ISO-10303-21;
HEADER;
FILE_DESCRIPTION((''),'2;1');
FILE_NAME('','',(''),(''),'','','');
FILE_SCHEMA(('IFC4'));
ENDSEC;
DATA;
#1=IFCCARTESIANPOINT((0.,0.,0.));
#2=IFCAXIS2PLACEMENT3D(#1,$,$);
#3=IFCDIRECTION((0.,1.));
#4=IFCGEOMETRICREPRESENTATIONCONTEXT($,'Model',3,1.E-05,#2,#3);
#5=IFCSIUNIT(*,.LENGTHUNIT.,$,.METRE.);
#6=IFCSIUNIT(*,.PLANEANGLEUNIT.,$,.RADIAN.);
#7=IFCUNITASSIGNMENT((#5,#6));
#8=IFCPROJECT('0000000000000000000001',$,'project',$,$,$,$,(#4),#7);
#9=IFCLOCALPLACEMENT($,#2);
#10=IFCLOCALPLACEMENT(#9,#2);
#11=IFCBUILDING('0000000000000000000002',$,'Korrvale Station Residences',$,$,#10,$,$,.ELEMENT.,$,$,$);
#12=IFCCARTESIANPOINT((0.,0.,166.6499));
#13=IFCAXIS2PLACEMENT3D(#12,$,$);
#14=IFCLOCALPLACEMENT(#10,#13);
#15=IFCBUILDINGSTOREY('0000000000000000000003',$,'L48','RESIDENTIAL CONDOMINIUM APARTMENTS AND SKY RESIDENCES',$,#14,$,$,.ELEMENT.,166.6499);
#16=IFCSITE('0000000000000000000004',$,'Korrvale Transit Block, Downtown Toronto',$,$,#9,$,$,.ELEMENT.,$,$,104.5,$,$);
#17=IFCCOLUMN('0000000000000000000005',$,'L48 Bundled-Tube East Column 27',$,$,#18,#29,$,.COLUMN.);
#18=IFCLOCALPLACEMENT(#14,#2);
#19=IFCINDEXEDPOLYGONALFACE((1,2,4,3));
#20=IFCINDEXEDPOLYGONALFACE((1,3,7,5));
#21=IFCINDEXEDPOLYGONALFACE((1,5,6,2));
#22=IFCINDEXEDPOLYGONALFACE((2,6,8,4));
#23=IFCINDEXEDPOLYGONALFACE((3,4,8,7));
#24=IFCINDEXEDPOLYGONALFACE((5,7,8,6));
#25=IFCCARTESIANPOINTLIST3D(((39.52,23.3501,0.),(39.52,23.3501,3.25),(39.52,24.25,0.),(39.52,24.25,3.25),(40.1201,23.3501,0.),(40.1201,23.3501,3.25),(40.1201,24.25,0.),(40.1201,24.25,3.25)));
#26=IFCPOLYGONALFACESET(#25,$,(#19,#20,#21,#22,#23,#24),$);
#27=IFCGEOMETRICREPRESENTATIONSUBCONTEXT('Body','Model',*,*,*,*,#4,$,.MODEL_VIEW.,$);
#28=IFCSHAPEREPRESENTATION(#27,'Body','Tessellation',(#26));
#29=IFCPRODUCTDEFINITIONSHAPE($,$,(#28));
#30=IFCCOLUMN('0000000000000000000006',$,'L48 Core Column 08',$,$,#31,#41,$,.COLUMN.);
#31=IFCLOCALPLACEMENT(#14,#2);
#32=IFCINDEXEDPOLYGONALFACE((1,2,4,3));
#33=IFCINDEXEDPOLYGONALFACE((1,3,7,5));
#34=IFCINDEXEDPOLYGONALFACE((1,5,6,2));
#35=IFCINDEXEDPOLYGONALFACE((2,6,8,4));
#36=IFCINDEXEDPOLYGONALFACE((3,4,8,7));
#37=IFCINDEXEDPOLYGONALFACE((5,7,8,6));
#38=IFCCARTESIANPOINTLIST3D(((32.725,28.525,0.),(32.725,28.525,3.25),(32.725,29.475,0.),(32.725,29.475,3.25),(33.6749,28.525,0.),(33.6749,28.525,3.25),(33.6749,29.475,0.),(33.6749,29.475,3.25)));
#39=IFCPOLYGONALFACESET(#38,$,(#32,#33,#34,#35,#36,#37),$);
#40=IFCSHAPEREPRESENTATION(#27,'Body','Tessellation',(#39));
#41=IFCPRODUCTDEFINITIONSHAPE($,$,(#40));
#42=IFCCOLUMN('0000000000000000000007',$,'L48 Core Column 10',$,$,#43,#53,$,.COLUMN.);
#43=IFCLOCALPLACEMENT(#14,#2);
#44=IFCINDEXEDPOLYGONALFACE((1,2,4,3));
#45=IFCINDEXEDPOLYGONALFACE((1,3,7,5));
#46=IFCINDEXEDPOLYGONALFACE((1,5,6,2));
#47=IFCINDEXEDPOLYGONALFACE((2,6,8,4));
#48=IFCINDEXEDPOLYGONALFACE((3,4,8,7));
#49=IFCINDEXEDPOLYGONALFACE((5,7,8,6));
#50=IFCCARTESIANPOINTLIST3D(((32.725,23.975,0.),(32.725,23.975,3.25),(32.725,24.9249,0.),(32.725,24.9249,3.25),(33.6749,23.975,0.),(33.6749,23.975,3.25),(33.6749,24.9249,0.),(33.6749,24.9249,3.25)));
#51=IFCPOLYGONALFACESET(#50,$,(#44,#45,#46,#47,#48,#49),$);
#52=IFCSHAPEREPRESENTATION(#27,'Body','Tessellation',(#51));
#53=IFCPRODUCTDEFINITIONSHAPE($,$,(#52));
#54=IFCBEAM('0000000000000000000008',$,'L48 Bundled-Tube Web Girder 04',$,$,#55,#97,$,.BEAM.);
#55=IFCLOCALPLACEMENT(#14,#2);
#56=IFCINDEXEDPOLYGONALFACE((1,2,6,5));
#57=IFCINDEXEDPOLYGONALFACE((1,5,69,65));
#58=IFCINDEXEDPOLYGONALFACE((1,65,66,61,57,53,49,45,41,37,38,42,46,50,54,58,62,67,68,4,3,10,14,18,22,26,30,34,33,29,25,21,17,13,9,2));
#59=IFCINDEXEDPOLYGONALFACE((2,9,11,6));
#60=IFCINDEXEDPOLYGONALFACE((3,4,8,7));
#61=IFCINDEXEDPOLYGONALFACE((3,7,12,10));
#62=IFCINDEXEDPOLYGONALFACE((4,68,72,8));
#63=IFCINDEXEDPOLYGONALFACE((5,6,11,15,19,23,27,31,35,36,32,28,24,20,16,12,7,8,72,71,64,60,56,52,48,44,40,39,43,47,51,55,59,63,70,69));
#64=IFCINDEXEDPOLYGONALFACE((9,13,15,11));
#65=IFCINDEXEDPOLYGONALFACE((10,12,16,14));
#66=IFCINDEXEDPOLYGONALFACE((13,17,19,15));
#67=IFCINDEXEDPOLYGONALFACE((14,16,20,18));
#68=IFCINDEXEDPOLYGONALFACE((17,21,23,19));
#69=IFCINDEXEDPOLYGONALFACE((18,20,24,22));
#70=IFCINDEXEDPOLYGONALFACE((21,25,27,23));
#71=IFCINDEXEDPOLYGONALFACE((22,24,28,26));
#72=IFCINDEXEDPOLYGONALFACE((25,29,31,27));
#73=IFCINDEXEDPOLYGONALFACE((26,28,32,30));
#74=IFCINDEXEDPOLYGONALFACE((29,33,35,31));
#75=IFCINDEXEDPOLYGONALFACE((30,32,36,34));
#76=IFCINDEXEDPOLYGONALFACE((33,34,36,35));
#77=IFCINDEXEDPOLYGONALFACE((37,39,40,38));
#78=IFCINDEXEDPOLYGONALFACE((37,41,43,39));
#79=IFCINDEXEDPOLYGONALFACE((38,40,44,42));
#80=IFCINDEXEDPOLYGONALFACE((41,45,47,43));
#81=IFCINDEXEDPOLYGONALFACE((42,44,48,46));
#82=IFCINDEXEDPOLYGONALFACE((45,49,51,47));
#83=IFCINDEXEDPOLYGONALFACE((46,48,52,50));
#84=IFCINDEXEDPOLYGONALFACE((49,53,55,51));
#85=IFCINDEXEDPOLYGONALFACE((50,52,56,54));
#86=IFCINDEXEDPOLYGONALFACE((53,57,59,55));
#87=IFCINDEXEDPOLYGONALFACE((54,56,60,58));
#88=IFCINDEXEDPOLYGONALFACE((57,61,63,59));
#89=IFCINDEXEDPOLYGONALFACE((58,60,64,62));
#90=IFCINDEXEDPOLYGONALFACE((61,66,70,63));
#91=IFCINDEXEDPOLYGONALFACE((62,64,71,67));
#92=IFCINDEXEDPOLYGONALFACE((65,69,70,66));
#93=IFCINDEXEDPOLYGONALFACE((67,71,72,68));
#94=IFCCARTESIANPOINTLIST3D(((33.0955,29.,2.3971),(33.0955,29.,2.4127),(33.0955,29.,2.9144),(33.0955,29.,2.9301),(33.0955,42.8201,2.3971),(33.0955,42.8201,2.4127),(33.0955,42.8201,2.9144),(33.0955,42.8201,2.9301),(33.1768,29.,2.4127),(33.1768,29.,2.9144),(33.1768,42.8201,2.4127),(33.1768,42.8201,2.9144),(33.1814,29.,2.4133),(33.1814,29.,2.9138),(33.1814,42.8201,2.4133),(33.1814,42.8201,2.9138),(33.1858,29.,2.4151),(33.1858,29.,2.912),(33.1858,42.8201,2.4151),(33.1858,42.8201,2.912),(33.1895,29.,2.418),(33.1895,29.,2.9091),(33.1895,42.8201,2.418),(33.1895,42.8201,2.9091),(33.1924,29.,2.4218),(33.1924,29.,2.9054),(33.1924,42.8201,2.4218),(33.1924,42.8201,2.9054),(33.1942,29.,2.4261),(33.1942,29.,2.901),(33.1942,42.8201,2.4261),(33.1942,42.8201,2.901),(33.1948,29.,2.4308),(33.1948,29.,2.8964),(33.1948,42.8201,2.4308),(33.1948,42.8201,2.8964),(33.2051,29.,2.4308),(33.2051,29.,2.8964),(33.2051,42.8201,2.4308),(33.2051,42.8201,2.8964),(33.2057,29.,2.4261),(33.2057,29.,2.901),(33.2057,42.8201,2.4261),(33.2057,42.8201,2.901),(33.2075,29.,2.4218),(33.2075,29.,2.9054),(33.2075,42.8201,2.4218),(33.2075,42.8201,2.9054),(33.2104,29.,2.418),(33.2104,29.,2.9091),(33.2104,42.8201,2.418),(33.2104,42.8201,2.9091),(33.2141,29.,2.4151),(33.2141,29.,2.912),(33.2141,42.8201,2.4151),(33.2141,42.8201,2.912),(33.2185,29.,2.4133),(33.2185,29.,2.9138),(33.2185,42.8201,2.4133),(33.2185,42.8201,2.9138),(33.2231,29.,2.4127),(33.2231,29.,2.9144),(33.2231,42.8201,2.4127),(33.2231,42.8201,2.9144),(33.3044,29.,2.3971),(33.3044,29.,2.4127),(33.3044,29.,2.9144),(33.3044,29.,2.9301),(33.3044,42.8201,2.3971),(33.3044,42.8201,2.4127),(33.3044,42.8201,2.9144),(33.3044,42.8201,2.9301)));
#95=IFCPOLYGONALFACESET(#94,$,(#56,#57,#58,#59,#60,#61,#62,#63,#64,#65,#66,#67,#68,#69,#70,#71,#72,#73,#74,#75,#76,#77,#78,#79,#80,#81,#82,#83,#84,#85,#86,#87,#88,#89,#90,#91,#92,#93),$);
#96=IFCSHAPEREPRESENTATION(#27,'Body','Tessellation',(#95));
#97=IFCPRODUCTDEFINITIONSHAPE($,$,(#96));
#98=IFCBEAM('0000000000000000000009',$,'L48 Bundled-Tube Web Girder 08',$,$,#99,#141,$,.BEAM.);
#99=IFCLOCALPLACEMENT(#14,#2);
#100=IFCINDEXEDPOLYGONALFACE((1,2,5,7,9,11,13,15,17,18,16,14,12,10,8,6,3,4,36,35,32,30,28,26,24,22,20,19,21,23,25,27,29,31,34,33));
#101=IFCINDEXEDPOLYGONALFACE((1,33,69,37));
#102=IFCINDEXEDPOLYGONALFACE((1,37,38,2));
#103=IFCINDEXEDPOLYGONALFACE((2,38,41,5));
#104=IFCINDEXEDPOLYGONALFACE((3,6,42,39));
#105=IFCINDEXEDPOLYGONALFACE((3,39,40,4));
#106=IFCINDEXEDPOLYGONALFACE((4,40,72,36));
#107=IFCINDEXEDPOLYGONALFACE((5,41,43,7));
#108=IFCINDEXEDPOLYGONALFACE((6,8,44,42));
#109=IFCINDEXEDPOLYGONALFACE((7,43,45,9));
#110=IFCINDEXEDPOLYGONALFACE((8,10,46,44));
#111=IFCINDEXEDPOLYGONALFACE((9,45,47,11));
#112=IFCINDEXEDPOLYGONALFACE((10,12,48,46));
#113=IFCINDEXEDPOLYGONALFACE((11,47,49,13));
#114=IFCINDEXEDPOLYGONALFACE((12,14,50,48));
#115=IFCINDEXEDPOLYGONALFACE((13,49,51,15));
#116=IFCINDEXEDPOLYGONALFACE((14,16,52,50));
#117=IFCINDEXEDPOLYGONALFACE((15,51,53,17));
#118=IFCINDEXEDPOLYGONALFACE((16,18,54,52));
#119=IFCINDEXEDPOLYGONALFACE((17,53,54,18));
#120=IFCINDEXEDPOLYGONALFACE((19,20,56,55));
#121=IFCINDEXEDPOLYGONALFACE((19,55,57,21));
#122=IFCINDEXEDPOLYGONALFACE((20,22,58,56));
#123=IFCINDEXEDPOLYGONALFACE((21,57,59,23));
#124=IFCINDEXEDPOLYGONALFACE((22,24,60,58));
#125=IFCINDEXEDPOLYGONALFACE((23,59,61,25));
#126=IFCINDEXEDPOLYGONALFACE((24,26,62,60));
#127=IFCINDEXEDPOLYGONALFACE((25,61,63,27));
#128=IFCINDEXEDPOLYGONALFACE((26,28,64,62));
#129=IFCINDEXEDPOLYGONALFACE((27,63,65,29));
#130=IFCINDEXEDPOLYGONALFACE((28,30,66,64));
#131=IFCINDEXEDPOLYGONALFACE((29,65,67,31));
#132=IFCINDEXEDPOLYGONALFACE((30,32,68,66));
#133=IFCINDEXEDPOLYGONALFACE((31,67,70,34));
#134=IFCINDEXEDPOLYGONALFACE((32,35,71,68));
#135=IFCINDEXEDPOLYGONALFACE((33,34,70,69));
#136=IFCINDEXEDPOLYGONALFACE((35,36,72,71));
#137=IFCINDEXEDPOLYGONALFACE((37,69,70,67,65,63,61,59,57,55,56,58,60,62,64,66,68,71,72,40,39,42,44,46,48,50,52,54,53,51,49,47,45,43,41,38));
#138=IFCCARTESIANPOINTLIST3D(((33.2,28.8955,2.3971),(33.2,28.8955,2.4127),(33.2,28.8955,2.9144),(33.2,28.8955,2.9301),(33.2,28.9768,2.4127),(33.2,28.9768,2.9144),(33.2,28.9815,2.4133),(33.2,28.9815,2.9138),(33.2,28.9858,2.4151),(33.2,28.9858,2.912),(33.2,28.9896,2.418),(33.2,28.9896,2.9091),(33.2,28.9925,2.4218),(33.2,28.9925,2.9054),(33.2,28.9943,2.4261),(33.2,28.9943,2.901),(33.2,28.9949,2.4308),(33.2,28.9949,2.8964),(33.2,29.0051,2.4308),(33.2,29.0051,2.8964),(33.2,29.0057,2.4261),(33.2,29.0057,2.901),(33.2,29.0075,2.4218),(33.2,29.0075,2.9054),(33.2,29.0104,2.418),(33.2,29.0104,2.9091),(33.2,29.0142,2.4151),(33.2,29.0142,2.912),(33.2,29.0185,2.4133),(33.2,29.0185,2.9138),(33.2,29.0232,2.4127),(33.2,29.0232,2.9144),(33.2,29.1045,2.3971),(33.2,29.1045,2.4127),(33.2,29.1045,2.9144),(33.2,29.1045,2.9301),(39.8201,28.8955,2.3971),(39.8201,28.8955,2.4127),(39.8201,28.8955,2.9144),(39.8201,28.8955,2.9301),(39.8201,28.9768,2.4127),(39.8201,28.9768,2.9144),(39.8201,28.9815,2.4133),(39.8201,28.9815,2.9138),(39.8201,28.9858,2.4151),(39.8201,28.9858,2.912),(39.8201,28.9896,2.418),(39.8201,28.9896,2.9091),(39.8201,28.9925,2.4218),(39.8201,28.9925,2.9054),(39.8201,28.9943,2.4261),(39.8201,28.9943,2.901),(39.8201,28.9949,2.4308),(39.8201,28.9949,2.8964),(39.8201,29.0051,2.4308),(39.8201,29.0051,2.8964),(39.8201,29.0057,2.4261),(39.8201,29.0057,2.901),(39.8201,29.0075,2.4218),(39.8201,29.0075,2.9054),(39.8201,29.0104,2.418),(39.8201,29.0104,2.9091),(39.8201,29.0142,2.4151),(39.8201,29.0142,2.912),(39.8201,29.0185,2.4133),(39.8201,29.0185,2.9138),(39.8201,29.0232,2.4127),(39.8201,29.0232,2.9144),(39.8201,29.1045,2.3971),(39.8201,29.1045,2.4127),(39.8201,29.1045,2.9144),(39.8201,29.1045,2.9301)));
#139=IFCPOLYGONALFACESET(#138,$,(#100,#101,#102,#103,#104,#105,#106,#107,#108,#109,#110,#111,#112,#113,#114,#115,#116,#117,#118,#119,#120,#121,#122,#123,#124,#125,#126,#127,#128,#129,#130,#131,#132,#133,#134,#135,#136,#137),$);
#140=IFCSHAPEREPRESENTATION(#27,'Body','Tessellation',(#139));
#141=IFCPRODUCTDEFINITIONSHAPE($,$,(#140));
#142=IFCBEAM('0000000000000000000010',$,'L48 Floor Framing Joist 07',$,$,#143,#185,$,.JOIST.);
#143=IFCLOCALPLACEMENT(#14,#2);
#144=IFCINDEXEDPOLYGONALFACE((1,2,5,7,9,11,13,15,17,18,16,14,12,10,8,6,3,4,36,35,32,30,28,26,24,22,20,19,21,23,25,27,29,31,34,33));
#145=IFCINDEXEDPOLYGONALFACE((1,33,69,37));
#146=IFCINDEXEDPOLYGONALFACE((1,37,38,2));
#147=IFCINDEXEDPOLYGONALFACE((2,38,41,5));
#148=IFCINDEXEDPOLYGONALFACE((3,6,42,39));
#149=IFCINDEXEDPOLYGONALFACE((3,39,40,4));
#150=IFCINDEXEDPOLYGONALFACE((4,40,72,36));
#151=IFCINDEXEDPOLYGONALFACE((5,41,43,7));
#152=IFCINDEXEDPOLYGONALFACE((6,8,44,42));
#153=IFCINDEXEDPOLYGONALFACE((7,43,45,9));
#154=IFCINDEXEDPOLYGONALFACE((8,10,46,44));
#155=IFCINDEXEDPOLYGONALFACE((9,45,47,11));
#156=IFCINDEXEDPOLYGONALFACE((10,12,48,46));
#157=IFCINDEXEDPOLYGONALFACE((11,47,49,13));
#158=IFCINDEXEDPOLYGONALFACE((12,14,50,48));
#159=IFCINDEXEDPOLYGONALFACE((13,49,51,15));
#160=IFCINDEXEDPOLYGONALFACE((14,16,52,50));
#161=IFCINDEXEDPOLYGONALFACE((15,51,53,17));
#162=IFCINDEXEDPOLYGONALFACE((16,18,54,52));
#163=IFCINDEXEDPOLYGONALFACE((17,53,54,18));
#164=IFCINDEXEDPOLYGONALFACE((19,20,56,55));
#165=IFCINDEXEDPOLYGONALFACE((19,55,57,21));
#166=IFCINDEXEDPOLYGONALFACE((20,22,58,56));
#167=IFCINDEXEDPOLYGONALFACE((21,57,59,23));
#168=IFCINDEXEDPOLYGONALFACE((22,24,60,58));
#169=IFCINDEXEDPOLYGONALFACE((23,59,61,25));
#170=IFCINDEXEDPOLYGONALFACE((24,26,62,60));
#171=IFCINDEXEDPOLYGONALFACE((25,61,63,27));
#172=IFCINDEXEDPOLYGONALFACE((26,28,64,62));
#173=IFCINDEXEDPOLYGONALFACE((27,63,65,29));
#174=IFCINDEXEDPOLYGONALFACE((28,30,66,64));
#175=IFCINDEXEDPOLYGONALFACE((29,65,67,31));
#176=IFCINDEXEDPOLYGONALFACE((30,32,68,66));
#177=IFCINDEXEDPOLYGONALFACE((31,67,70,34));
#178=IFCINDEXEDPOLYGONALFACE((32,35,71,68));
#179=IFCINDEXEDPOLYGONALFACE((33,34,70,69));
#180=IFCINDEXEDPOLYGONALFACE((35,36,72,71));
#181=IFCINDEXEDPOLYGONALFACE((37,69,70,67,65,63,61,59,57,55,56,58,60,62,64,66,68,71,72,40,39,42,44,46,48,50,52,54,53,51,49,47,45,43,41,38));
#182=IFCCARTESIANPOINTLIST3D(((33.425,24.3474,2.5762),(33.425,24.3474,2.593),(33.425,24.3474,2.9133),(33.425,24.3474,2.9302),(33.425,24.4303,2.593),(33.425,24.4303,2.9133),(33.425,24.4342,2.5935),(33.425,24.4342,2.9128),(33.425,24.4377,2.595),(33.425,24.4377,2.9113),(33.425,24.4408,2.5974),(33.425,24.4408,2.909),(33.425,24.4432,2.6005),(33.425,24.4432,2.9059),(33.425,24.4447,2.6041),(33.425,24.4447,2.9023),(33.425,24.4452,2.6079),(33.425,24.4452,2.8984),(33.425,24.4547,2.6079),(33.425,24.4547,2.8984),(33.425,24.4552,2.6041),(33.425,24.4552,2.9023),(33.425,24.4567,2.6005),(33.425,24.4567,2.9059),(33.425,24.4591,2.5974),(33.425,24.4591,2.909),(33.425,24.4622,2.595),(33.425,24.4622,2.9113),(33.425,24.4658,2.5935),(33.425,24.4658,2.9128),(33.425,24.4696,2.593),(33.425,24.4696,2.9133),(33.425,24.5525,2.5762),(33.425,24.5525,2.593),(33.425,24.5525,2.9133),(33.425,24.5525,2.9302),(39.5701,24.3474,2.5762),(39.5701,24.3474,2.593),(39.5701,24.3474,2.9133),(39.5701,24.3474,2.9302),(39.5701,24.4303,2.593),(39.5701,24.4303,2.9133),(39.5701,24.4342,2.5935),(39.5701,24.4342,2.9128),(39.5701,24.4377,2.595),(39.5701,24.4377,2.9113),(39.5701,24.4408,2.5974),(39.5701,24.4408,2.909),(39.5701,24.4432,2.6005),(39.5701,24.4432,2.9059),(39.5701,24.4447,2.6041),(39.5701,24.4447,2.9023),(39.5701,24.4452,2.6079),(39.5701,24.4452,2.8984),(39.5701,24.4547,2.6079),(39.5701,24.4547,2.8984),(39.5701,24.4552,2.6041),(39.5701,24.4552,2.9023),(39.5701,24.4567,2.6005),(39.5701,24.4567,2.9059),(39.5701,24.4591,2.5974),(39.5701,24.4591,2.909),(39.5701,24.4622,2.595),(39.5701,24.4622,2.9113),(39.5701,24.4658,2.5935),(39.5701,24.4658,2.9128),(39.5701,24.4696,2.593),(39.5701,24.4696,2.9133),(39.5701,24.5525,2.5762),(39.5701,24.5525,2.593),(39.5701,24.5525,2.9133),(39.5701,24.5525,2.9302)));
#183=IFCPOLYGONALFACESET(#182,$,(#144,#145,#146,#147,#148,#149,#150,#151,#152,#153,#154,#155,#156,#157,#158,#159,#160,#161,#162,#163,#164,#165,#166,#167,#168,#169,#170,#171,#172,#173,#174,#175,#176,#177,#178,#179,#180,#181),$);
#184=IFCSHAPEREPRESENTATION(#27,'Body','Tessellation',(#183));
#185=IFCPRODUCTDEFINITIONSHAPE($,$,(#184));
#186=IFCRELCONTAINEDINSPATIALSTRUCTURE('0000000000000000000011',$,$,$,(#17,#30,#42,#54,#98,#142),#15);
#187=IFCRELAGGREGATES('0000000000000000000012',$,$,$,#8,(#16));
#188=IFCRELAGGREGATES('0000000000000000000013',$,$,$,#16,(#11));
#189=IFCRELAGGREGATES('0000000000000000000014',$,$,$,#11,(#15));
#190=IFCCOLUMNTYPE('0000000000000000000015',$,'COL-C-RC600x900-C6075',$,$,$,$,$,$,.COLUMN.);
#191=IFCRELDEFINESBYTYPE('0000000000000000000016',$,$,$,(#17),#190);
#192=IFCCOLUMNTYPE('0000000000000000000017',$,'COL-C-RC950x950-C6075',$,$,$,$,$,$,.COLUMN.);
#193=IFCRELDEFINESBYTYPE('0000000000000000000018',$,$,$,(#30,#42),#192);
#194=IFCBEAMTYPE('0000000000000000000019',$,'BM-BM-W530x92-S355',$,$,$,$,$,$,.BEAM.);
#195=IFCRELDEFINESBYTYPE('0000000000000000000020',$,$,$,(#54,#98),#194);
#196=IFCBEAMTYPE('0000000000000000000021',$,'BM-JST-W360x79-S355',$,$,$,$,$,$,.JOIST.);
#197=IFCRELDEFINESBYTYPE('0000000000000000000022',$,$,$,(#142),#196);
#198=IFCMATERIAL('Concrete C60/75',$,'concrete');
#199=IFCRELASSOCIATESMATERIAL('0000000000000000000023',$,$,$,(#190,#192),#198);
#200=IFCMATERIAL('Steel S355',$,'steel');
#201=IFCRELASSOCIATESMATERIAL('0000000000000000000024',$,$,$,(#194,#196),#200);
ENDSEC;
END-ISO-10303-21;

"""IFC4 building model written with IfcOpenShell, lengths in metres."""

from ifc_helpers import new_model, si_unit, direction, frame, origin, origin_2d, place, context, subcontext, project, spatial, rectangle, i_section, extrude, material, material_profile, profile_set, type_object, element, save


model = new_model("IFC4")

# Units and contexts
model_context = context("Model", 3, precision=1e-05, world=origin(), true_north=direction((0.0, 1.0)))
body_context = subcontext(model_context, "Body", "Model", "MODEL_VIEW")
ifc_project = project(units=[si_unit("LENGTHUNIT", "METRE"), si_unit("PLANEANGLEUNIT", "RADIAN")], contexts=[model_context])

# Site, building, storey
site_placement = place(None, origin())
site = spatial("IfcSite", under=ifc_project, at=site_placement, Name="Korrvale Transit Block, Downtown Toronto", CompositionType="ELEMENT", RefElevation=104.5)
building_placement = place(site_placement, origin())
building = spatial("IfcBuilding", under=site, at=building_placement, Name="Korrvale Station Residences", CompositionType="ELEMENT")
storey_placement = place(building_placement, frame((0.0, 0.0, 166.6499)))
storey = spatial("IfcBuildingStorey", under=building, at=storey_placement, Name="L48", Description="RESIDENTIAL CONDOMINIUM APARTMENTS AND SKY RESIDENCES", CompositionType="ELEMENT", Elevation=166.6499)

# Columns
ifc_material_1 = material(Name="Concrete C60/75", Category="concrete")
ifc_material_profile_1 = material_profile(ifc_material_1, rectangle(XDim=0.6001, YDim=0.8999, at=origin_2d()), Name="RC600x900")
ifc_profile_set_1 = profile_set([ifc_material_profile_1], Name="Concrete C60/75")
column_type_1 = type_object("IfcColumnType", Name="COL-C-RC600x900-C6075", PredefinedType="COLUMN", material=ifc_profile_set_1)
column_placement = place(storey_placement, frame((39.8201, 23.8, 0.0), z_axis=(0.0, 0.0, 1.0), x_axis=(1.0, 0.0, 0.0)))
element("IfcColumn", 1, at=column_placement, inside=storey, type_object=column_type_1, Name="L48 Bundled-Tube East Column 27", PredefinedType="COLUMN", context=body_context, shape_type="SweptSolid", body=[
    extrude(rectangle(XDim=0.6001, YDim=0.8999, at=origin_2d()), origin(), (0.0, 0.0, 1.0), 3.25),
])
ifc_material_profile_2 = material_profile(ifc_material_1, rectangle(XDim=0.95, YDim=0.95, at=origin_2d()), Name="RC950x950")
ifc_profile_set_2 = profile_set([ifc_material_profile_2], Name="Concrete C60/75")
column_type_2 = type_object("IfcColumnType", Name="COL-C-RC950x950-C6075", PredefinedType="COLUMN", material=ifc_profile_set_2)
for number, where, z_axis, x_axis, name in (
    (2, (33.2, 29.0, 0.0), (0.0, 0.0, 1.0), (1.0, 0.0, 0.0), "L48 Core Column 08"),
    (3, (33.2, 24.45, 0.0), (0.0, 0.0, 1.0), (1.0, 0.0, 0.0), "L48 Core Column 10"),
):
    element("IfcColumn", number, at=place(storey_placement, frame(where, z_axis=z_axis, x_axis=x_axis)), inside=storey, type_object=column_type_2, Name=name, PredefinedType="COLUMN", context=body_context, shape_type="SweptSolid", body=[
        extrude(rectangle(XDim=0.95, YDim=0.95, at=origin_2d()), origin(), (0.0, 0.0, 1.0), 3.25),
    ])

# Beams
ifc_material_2 = material(Name="Steel S355", Category="steel")
ifc_material_profile_3 = material_profile(ifc_material_2, i_section(OverallWidth=0.209, OverallDepth=0.533, WebThickness=0.0103, FlangeThickness=0.0156, FilletRadius=0.0181, at=origin_2d()), Name="W530x92")
ifc_profile_set_3 = profile_set([ifc_material_profile_3], Name="Steel S355")
beam_type_1 = type_object("IfcBeamType", Name="BM-BM-W530x92-S355", PredefinedType="BEAM", material=ifc_profile_set_3)
beam_1_placement = place(storey_placement, frame((33.2, 29.0, 2.6636), z_axis=(0.0, 1.0, 0.0), x_axis=(-1.0, 0.0, 0.0)))
element("IfcBeam", 4, at=beam_1_placement, inside=storey, type_object=beam_type_1, Name="L48 Bundled-Tube Web Girder 04", PredefinedType="BEAM", context=body_context, shape_type="SweptSolid", body=[
    extrude(i_section(OverallWidth=0.209, OverallDepth=0.533, WebThickness=0.0103, FlangeThickness=0.0156, FilletRadius=0.0181, at=origin_2d()), origin(), (0.0, 0.0, 1.0), 13.8201),
])
beam_2_placement = place(storey_placement, frame((33.2, 29.0, 2.6636), z_axis=(1.0, 0.0, 0.0), x_axis=(0.0, 1.0, 0.0)))
element("IfcBeam", 5, at=beam_2_placement, inside=storey, type_object=beam_type_1, Name="L48 Bundled-Tube Web Girder 08", PredefinedType="BEAM", context=body_context, shape_type="SweptSolid", body=[
    extrude(i_section(OverallWidth=0.209, OverallDepth=0.533, WebThickness=0.0103, FlangeThickness=0.0156, FilletRadius=0.0181, at=origin_2d()), origin(), (0.0, 0.0, 1.0), 6.6201),
])
ifc_material_profile_4 = material_profile(ifc_material_2, i_section(OverallWidth=0.2051, OverallDepth=0.354, WebThickness=0.0095, FlangeThickness=0.0168, FilletRadius=0.0149, at=origin_2d()), Name="W360x79")
ifc_profile_set_4 = profile_set([ifc_material_profile_4], Name="Steel S355")
beam_type_2 = type_object("IfcBeamType", Name="BM-JST-W360x79-S355", PredefinedType="JOIST", material=ifc_profile_set_4)
beam_3_placement = place(storey_placement, frame((33.425, 24.45, 2.7532), z_axis=(1.0, 0.0, 0.0), x_axis=(0.0, 1.0, 0.0)))
element("IfcBeam", 6, at=beam_3_placement, inside=storey, type_object=beam_type_2, Name="L48 Floor Framing Joist 07", PredefinedType="JOIST", context=body_context, shape_type="SweptSolid", body=[
    extrude(i_section(OverallWidth=0.2051, OverallDepth=0.354, WebThickness=0.0095, FlangeThickness=0.0168, FilletRadius=0.0149, at=origin_2d()), origin(), (0.0, 0.0, 1.0), 6.145),
])

save(model, "model.ifc")
